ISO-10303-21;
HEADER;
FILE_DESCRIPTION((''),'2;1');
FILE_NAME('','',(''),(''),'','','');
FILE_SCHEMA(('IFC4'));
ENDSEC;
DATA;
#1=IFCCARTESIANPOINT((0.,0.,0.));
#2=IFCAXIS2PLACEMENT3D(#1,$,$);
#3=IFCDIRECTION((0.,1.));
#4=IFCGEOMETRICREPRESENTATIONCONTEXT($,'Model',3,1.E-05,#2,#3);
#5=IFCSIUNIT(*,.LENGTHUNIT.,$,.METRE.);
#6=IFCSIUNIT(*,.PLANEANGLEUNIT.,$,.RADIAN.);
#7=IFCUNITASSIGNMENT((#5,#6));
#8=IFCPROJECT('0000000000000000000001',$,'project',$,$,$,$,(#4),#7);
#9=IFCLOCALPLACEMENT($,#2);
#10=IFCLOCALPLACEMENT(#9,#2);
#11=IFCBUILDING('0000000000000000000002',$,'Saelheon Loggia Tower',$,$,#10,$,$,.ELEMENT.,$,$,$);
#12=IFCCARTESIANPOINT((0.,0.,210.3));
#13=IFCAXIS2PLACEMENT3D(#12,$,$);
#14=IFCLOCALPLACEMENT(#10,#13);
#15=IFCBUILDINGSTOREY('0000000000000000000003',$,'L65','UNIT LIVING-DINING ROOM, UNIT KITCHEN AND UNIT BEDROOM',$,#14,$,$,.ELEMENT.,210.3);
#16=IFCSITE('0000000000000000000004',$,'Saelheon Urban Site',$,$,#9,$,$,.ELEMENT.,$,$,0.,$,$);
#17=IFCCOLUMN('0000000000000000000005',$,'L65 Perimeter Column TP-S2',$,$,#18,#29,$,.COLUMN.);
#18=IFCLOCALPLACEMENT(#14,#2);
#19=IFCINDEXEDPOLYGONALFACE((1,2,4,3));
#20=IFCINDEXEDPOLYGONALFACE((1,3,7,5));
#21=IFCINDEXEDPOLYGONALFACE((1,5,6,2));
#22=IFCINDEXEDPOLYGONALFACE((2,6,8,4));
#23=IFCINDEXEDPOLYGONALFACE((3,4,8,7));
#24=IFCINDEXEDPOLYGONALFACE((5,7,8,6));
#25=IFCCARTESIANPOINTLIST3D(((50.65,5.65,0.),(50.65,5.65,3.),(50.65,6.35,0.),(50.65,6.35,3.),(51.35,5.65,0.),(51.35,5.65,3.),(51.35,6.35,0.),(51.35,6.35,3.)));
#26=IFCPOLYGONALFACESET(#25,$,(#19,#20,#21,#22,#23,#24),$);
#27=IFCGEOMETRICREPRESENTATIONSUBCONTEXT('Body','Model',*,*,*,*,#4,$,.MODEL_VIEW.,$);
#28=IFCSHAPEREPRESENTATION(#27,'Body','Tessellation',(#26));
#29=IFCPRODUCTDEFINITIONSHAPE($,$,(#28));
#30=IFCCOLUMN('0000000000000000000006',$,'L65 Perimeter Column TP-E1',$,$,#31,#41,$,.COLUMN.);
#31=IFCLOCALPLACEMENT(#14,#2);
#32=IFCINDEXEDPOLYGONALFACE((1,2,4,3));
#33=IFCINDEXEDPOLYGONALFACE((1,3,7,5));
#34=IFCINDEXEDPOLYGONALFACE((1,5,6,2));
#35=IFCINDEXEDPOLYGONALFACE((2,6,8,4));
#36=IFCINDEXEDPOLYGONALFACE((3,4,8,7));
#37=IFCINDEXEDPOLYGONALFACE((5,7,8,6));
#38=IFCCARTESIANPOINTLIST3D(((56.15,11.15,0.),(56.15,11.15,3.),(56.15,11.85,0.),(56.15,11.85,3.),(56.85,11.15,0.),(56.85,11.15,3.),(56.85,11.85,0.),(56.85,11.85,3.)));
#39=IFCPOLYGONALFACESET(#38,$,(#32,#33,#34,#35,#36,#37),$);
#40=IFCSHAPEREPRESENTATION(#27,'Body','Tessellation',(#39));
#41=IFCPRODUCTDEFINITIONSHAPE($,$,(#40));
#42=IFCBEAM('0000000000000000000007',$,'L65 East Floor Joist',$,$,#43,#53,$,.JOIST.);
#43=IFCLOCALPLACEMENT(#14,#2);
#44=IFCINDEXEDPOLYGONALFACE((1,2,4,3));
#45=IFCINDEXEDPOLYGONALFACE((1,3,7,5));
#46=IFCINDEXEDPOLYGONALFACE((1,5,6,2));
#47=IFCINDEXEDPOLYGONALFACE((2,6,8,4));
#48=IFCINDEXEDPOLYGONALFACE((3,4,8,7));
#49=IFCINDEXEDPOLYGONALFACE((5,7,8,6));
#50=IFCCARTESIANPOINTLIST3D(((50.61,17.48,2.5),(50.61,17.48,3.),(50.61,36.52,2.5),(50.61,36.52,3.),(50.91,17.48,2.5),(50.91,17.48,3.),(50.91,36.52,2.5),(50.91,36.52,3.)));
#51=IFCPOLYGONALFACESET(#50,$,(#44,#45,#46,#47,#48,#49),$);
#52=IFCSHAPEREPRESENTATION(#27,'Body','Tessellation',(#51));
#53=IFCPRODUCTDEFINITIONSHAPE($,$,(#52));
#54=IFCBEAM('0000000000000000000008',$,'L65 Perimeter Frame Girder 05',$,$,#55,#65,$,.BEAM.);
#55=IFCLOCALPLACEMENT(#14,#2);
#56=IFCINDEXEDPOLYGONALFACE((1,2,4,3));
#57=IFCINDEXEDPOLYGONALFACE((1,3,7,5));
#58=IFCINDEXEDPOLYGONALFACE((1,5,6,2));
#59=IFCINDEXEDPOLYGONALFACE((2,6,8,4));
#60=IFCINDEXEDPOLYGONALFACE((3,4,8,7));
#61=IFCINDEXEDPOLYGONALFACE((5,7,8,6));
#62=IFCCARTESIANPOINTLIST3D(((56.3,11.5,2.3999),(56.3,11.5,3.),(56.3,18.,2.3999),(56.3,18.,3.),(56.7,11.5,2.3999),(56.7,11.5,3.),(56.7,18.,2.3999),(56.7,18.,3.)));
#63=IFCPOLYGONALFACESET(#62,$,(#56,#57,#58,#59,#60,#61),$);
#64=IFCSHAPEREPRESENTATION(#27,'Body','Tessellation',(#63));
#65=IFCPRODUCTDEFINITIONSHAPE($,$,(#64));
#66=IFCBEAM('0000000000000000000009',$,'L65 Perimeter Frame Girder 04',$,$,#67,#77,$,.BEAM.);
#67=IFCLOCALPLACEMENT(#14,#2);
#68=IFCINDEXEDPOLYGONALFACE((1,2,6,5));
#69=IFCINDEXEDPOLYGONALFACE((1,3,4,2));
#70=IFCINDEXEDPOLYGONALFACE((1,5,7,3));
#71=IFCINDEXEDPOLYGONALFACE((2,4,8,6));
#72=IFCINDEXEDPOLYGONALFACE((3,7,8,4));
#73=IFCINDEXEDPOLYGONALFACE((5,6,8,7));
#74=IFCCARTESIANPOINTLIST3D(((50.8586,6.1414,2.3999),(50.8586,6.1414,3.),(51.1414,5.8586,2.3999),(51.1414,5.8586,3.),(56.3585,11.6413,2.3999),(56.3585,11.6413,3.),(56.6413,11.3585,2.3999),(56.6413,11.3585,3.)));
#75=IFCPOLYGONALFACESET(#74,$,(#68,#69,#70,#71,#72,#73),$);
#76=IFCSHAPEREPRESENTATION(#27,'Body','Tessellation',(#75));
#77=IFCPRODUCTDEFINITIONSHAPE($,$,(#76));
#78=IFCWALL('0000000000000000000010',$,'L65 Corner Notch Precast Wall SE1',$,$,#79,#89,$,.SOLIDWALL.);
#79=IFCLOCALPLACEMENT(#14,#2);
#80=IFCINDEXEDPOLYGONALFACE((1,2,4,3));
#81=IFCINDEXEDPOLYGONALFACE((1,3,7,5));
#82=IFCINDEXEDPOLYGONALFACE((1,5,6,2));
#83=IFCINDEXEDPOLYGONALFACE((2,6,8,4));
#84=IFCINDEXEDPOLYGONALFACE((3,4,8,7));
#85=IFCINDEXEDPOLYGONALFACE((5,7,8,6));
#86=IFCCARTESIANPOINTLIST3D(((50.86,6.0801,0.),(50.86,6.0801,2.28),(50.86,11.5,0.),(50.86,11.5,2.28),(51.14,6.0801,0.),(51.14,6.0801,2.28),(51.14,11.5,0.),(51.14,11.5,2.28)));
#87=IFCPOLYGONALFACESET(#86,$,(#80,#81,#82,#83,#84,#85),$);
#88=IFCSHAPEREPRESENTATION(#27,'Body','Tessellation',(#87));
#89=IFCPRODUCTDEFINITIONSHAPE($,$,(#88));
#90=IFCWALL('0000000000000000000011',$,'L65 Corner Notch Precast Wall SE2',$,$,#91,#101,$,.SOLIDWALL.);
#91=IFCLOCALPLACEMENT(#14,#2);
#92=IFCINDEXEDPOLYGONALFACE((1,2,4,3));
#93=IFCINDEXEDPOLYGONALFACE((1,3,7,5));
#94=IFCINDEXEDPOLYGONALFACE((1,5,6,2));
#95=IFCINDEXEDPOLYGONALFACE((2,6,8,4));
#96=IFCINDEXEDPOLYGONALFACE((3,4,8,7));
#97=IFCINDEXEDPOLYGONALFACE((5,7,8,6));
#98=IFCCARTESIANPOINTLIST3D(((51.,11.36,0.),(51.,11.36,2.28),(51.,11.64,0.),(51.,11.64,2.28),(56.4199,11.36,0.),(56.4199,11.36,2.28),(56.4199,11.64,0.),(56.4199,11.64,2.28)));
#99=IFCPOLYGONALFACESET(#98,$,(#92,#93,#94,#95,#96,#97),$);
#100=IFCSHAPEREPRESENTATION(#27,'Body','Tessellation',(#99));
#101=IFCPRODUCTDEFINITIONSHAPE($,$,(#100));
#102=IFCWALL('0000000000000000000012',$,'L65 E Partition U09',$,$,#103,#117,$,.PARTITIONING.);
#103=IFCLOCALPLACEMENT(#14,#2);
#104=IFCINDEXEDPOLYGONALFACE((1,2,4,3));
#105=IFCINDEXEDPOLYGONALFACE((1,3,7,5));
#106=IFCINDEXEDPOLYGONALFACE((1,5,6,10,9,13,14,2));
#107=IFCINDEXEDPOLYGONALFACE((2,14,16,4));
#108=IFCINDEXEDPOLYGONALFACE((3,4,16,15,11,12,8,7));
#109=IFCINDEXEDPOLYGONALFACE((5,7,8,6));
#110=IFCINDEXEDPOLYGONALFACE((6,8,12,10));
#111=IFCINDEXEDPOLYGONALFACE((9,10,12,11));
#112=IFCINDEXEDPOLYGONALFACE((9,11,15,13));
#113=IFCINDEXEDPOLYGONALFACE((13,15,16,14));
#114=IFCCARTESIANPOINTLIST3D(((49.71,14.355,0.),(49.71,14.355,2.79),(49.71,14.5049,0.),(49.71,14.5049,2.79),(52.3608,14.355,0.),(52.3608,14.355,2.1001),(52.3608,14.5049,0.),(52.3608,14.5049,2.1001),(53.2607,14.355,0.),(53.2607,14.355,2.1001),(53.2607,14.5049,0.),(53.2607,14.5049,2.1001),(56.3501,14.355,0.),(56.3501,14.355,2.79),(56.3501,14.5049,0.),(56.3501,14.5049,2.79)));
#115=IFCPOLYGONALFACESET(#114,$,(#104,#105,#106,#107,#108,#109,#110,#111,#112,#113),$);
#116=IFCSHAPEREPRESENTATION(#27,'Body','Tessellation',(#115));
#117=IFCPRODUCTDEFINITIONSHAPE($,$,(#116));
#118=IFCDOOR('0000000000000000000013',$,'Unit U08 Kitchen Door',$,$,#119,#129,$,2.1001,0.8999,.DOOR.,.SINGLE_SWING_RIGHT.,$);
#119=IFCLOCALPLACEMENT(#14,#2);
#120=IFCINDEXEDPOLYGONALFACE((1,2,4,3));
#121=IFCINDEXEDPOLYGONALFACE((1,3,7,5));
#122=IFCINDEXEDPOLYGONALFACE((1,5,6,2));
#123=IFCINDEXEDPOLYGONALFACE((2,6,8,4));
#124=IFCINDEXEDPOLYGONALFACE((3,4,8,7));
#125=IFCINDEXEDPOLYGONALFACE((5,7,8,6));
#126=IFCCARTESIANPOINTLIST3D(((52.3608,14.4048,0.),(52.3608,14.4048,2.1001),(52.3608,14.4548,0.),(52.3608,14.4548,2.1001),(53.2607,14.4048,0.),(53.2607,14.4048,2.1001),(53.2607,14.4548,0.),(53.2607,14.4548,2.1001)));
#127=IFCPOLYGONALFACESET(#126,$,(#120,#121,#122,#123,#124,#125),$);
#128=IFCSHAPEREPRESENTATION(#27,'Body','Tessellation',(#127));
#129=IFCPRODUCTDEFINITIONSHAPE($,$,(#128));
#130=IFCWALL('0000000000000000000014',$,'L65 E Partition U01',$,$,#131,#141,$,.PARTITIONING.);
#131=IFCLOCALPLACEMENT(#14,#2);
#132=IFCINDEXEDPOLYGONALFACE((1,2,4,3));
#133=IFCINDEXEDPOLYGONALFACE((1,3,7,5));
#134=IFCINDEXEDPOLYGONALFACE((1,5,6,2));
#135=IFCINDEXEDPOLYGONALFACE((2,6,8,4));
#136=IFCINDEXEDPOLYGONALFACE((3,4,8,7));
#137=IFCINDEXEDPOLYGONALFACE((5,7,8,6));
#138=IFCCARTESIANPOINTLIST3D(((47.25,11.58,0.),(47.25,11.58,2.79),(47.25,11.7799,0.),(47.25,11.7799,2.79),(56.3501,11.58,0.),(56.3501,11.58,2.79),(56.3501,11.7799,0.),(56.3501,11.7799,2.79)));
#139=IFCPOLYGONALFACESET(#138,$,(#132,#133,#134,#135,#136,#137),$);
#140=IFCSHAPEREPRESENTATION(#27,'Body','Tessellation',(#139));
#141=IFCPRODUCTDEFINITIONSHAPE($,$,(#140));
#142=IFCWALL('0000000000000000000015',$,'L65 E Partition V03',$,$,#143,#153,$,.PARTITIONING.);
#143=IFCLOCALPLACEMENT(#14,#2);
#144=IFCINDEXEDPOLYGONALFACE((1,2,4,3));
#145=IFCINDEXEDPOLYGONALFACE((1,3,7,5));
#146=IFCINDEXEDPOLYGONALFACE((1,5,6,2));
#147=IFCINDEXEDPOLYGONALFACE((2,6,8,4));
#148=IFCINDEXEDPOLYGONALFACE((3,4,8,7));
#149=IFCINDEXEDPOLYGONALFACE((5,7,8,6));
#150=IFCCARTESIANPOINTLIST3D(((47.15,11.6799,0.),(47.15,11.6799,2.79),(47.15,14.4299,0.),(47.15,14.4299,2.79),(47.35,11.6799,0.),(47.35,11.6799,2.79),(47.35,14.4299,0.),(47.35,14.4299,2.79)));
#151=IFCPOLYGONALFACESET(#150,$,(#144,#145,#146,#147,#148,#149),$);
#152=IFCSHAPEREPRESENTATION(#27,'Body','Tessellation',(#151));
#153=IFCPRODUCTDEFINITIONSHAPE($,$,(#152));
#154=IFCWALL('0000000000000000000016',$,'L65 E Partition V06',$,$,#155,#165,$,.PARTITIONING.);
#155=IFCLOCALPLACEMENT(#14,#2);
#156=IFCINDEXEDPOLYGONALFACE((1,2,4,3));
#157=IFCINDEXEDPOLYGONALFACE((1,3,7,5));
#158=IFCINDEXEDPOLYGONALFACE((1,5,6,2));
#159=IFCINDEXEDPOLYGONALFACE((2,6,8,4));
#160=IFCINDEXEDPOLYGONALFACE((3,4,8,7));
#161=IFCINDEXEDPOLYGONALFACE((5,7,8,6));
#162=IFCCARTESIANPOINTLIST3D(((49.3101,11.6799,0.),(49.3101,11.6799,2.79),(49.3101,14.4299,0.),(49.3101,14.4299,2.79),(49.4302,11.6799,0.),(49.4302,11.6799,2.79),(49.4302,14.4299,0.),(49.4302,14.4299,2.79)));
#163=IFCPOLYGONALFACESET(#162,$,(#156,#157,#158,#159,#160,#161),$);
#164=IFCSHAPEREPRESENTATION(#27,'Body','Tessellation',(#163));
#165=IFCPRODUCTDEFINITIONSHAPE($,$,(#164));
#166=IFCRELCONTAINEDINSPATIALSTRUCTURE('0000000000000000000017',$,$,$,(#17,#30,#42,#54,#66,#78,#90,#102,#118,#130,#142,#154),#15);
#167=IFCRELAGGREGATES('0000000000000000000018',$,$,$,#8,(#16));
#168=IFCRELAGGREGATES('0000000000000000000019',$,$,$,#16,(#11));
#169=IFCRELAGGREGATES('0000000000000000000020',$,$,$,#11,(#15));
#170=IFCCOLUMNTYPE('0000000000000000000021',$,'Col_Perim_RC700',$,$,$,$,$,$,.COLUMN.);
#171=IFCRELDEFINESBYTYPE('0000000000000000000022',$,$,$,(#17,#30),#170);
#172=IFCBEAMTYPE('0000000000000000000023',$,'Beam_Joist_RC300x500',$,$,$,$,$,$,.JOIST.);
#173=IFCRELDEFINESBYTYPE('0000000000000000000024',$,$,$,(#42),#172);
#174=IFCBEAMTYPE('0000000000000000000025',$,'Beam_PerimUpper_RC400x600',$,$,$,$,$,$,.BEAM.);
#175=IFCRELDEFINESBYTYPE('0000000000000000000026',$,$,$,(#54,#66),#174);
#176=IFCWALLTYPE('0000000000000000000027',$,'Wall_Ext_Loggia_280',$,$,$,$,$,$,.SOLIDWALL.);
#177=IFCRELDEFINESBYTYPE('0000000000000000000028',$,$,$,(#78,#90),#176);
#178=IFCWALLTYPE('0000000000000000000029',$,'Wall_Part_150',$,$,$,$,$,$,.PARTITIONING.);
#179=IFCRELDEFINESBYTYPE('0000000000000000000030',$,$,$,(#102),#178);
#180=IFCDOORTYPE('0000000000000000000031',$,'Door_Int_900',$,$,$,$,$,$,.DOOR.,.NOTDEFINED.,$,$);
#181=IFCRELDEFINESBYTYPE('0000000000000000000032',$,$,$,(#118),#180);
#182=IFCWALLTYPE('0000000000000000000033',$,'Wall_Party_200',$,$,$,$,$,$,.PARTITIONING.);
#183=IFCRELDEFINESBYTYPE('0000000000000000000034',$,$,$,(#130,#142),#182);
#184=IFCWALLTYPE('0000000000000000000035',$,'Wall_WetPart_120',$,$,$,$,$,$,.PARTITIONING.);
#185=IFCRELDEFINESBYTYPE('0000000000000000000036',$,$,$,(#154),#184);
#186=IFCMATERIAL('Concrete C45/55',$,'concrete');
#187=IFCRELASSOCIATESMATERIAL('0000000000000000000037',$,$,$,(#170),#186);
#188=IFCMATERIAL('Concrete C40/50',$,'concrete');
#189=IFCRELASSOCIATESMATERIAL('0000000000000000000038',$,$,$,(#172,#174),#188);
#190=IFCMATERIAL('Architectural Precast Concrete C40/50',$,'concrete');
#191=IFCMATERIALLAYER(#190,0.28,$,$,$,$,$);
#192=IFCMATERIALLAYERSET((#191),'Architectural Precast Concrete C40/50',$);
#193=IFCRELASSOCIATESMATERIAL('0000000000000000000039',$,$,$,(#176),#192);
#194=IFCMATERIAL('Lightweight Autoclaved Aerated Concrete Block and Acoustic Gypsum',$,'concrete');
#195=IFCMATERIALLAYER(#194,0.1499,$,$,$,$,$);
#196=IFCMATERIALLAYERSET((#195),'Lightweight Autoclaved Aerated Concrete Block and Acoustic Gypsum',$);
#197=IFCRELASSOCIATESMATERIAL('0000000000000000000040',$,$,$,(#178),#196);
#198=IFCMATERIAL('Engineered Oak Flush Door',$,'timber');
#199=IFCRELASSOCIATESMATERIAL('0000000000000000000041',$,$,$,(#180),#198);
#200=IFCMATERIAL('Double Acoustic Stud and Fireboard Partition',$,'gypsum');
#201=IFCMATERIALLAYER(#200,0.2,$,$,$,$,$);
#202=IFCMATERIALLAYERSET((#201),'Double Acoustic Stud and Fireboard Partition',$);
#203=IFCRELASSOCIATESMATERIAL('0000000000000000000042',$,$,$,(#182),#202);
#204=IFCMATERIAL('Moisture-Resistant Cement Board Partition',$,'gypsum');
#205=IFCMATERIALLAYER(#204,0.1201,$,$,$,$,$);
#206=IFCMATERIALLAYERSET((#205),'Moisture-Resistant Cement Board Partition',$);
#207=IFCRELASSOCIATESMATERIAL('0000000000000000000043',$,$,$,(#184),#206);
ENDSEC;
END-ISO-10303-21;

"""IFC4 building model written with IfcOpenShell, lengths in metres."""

from ifc_helpers import new_model, si_unit, direction, frame, frame_2d, origin, origin_2d, place, context, subcontext, project, spatial, rectangle, extrude, source, transform, mapped, material, layer, layer_set, material_profile, profile_set, type_object, element, fill, save


model = new_model("IFC4")

# Units and contexts
model_context = context("Model", 3, precision=1e-05, world=origin(), true_north=direction((0.0, 1.0)))
body_context = subcontext(model_context, "Body", "Model", "MODEL_VIEW")
ifc_project = project(units=[si_unit("LENGTHUNIT", "METRE"), si_unit("PLANEANGLEUNIT", "RADIAN")], contexts=[model_context])

# Site, building, storey
site_placement = place(None, origin())
site = spatial("IfcSite", under=ifc_project, at=site_placement, Name="Saelheon Urban Site", CompositionType="ELEMENT", RefElevation=0.0)
building_placement = place(site_placement, origin())
building = spatial("IfcBuilding", under=site, at=building_placement, Name="Saelheon Loggia Tower", CompositionType="ELEMENT")
storey_placement = place(building_placement, frame((0.0, 0.0, 210.3)))
storey = spatial("IfcBuildingStorey", under=building, at=storey_placement, Name="L65", Description="UNIT LIVING-DINING ROOM, UNIT KITCHEN AND UNIT BEDROOM", CompositionType="ELEMENT", Elevation=210.3)

# Columns
ifc_material_1 = material(Name="Concrete C45/55", Category="concrete")
ifc_material_profile_1 = material_profile(ifc_material_1, rectangle(XDim=0.7, YDim=0.7, at=origin_2d()), Name="RC-700x700")
ifc_profile_set_1 = profile_set([ifc_material_profile_1], Name="Concrete C45/55")
column_type = type_object("IfcColumnType", Name="Col_Perim_RC700", PredefinedType="COLUMN", material=ifc_profile_set_1)
shared_shape_1 = source(origin(), body_context, "Body", "SweptSolid", [
    extrude(rectangle(XDim=0.7, YDim=0.7, at=origin_2d()), origin(), (0.0, 0.0, 1.0), 3.0),
])
for number, where, z_axis, x_axis, name in (
    (1, (51.0, 6.0, 0.0), (0.0, 0.0, 1.0), (1.0, 0.0, 0.0), "L65 Perimeter Column TP-S2"),
    (2, (56.5, 11.5, 0.0), (0.0, 0.0, 1.0), (1.0, 0.0, 0.0), "L65 Perimeter Column TP-E1"),
):
    element("IfcColumn", number, at=place(storey_placement, frame(where, z_axis=z_axis, x_axis=x_axis)), inside=storey, type_object=column_type, Name=name, PredefinedType="COLUMN", context=body_context, shape_type="MappedRepresentation", body=[
        mapped(shared_shape_1, transform((0.0, 0.0, 0.0), scale=1.0)),
    ])

# Beams
ifc_material_2 = material(Name="Concrete C40/50", Category="concrete")
ifc_material_profile_2 = material_profile(ifc_material_2, rectangle(XDim=0.3, YDim=0.5, at=origin_2d()), Name="RC-300x500")
ifc_profile_set_2 = profile_set([ifc_material_profile_2], Name="Concrete C40/50")
beam_type_1 = type_object("IfcBeamType", Name="Beam_Joist_RC300x500", PredefinedType="JOIST", material=ifc_profile_set_2)
shared_shape_2 = source(origin(), body_context, "Body", "SweptSolid", [
    extrude(rectangle(XDim=0.3, YDim=0.5, at=origin_2d()), origin(), (0.0, 0.0, 1.0), 19.04),
])
beam_1_placement = place(storey_placement, frame((50.76, 17.48, 2.75), z_axis=(0.0, 1.0, 0.0), x_axis=(-1.0, 0.0, 0.0)))
element("IfcBeam", 3, at=beam_1_placement, inside=storey, type_object=beam_type_1, Name="L65 East Floor Joist", PredefinedType="JOIST", context=body_context, shape_type="MappedRepresentation", body=[
    mapped(shared_shape_2, transform((0.0, 0.0, 0.0), scale=1.0)),
])
ifc_material_profile_3 = material_profile(ifc_material_2, rectangle(XDim=0.3999, YDim=0.6001, at=origin_2d()), Name="RC-400x600")
ifc_profile_set_3 = profile_set([ifc_material_profile_3], Name="Concrete C40/50")
beam_type_2 = type_object("IfcBeamType", Name="Beam_PerimUpper_RC400x600", PredefinedType="BEAM", material=ifc_profile_set_3)
shared_shape_3 = source(origin(), body_context, "Body", "SweptSolid", [
    extrude(rectangle(XDim=0.3999, YDim=0.6001, at=origin_2d()), origin(), (0.0, 0.0, 1.0), 6.5),
])
beam_2_placement = place(storey_placement, frame((56.5, 11.5, 2.7), z_axis=(0.0, 1.0, 0.0), x_axis=(-1.0, 0.0, 0.0)))
element("IfcBeam", 4, at=beam_2_placement, inside=storey, type_object=beam_type_2, Name="L65 Perimeter Frame Girder 05", PredefinedType="BEAM", context=body_context, shape_type="MappedRepresentation", body=[
    mapped(shared_shape_3, transform((0.0, 0.0, 0.0), scale=1.0)),
])
shared_shape_4 = source(origin(), body_context, "Body", "SweptSolid", [
    extrude(rectangle(XDim=0.3999, YDim=0.6001, at=origin_2d()), origin(), (0.0, 0.0, 1.0), 7.7781),
])
beam_3_placement = place(storey_placement, frame((51.0, 6.0, 2.7), z_axis=(0.707107, 0.707107, 0.0), x_axis=(-0.707107, 0.707107, 0.0)))
element("IfcBeam", 5, at=beam_3_placement, inside=storey, type_object=beam_type_2, Name="L65 Perimeter Frame Girder 04", PredefinedType="BEAM", context=body_context, shape_type="MappedRepresentation", body=[
    mapped(shared_shape_4, transform((0.0, 0.0, 0.0), scale=1.0)),
])

# Shared definitions
ifc_material_3 = material(Name="Architectural Precast Concrete C40/50", Category="concrete")
ifc_layer_1 = layer(ifc_material_3, 0.28)
ifc_layer_set_1 = layer_set([ifc_layer_1], Name="Architectural Precast Concrete C40/50")
wall_type_1 = type_object("IfcWallType", Name="Wall_Ext_Loggia_280", PredefinedType="SOLIDWALL", material=ifc_layer_set_1)

# Walls
for number, where, z_axis, x_axis, name in (
    (6, (51.0, 6.0801, 0.0), (0.0, 0.0, 1.0), (0.0, 1.0, 0.0), "L65 Corner Notch Precast Wall SE1"),
    (7, (51.0, 11.5, 0.0), (0.0, 0.0, 1.0), (1.0, 0.0, 0.0), "L65 Corner Notch Precast Wall SE2"),
):
    element("IfcWall", number, at=place(storey_placement, frame(where, z_axis=z_axis, x_axis=x_axis)), inside=storey, type_object=wall_type_1, Name=name, PredefinedType="SOLIDWALL", context=body_context, shape_type="SweptSolid", body=[
        extrude(rectangle(XDim=5.4199, YDim=0.28, at=frame_2d((2.71, 0.0))), origin(), (0.0, 0.0, 1.0), 2.28),
    ])

# Wall, opening, door
ifc_material_4 = material(Name="Lightweight Autoclaved Aerated Concrete Block and Acoustic Gypsum", Category="concrete")
ifc_layer_2 = layer(ifc_material_4, 0.1499)
ifc_layer_set_2 = layer_set([ifc_layer_2], Name="Lightweight Autoclaved Aerated Concrete Block and Acoustic Gypsum")
wall_type_2 = type_object("IfcWallType", Name="Wall_Part_150", PredefinedType="PARTITIONING", material=ifc_layer_set_2)
wall_1_placement = place(storey_placement, frame((49.71, 14.4299, 0.0), z_axis=(0.0, 0.0, 1.0), x_axis=(1.0, 0.0, 0.0)))
wall_1 = element("IfcWall", 8, at=wall_1_placement, inside=storey, type_object=wall_type_2, Name="L65 E Partition U09", PredefinedType="PARTITIONING", context=body_context, shape_type="SweptSolid", body=[
    extrude(rectangle(XDim=6.6401, YDim=0.1499, at=frame_2d((3.3201, 0.0))), origin(), (0.0, 0.0, 1.0), 2.79),
])
opening_1_placement = place(wall_1_placement, frame((2.6509, 0.0, 0.0)))
opening_1 = element("IfcOpeningElement", 9, at=opening_1_placement, cuts=wall_1, PredefinedType="OPENING", context=body_context, shape_type="SweptSolid", body=[
    extrude(rectangle(XDim=0.8999, YDim=2.1001, at=frame_2d((0.45, 1.05))), frame((0.0, 0.0869, 0.0), z_axis=(0.0, -1.0, 0.0), x_axis=(1.0, 0.0, 0.0)), (0.0, 0.0, 1.0), 0.1738),
])
ifc_material_5 = material(Name="Engineered Oak Flush Door", Category="timber")
door_type_1 = type_object("IfcDoorType", Name="Door_Int_900", OperationType="NOTDEFINED", PredefinedType="DOOR", material=ifc_material_5)
shared_shape_5 = source(origin(), body_context, "Body", "SweptSolid", [
    extrude(rectangle(XDim=0.8999, YDim=2.1001, at=frame_2d((0.45, 1.05))), frame((0.0, 0.0249, 0.0), z_axis=(0.0, -1.0, 0.0), x_axis=(1.0, 0.0, 0.0)), (0.0, 0.0, 1.0), 0.05),
])
door_1_placement = place(opening_1_placement, origin())
door_1 = element("IfcDoor", 10, at=door_1_placement, inside=storey, type_object=door_type_1, Name="Unit U08 Kitchen Door", OperationType="SINGLE_SWING_RIGHT", OverallHeight=2.1001, OverallWidth=0.8999, PredefinedType="DOOR", context=body_context, shape_type="MappedRepresentation", body=[
    mapped(shared_shape_5, transform((0.0, 0.0, 0.0), scale=1.0)),
])
fill(opening_1, door_1)

# Walls
ifc_material_6 = material(Name="Double Acoustic Stud and Fireboard Partition", Category="gypsum")
ifc_layer_3 = layer(ifc_material_6, 0.2)
ifc_layer_set_3 = layer_set([ifc_layer_3], Name="Double Acoustic Stud and Fireboard Partition")
wall_type_3 = type_object("IfcWallType", Name="Wall_Party_200", PredefinedType="PARTITIONING", material=ifc_layer_set_3)
wall_2_placement = place(storey_placement, frame((47.25, 11.6799, 0.0), z_axis=(0.0, 0.0, 1.0), x_axis=(1.0, 0.0, 0.0)))
element("IfcWall", 11, at=wall_2_placement, inside=storey, type_object=wall_type_3, Name="L65 E Partition U01", PredefinedType="PARTITIONING", context=body_context, shape_type="SweptSolid", body=[
    extrude(rectangle(XDim=9.1001, YDim=0.2, at=frame_2d((4.55, 0.0))), origin(), (0.0, 0.0, 1.0), 2.79),
])
wall_3_placement = place(storey_placement, frame((47.25, 11.6799, 0.0), z_axis=(0.0, 0.0, 1.0), x_axis=(0.0, 1.0, 0.0)))
element("IfcWall", 12, at=wall_3_placement, inside=storey, type_object=wall_type_3, Name="L65 E Partition V03", PredefinedType="PARTITIONING", context=body_context, shape_type="SweptSolid", body=[
    extrude(rectangle(XDim=2.75, YDim=0.2, at=frame_2d((1.375, 0.0))), origin(), (0.0, 0.0, 1.0), 2.79),
])

# Wall
ifc_material_7 = material(Name="Moisture-Resistant Cement Board Partition", Category="gypsum")
ifc_layer_4 = layer(ifc_material_7, 0.1201)
ifc_layer_set_4 = layer_set([ifc_layer_4], Name="Moisture-Resistant Cement Board Partition")
wall_type_4 = type_object("IfcWallType", Name="Wall_WetPart_120", PredefinedType="PARTITIONING", material=ifc_layer_set_4)
wall_4_placement = place(storey_placement, frame((49.3701, 11.6799, 0.0), z_axis=(0.0, 0.0, 1.0), x_axis=(0.0, 1.0, 0.0)))
element("IfcWall", 13, at=wall_4_placement, inside=storey, type_object=wall_type_4, Name="L65 E Partition V06", PredefinedType="PARTITIONING", context=body_context, shape_type="SweptSolid", body=[
    extrude(rectangle(XDim=2.75, YDim=0.1201, at=frame_2d((1.375, 0.0))), origin(), (0.0, 0.0, 1.0), 2.79),
])

save(model, "model.ifc")
